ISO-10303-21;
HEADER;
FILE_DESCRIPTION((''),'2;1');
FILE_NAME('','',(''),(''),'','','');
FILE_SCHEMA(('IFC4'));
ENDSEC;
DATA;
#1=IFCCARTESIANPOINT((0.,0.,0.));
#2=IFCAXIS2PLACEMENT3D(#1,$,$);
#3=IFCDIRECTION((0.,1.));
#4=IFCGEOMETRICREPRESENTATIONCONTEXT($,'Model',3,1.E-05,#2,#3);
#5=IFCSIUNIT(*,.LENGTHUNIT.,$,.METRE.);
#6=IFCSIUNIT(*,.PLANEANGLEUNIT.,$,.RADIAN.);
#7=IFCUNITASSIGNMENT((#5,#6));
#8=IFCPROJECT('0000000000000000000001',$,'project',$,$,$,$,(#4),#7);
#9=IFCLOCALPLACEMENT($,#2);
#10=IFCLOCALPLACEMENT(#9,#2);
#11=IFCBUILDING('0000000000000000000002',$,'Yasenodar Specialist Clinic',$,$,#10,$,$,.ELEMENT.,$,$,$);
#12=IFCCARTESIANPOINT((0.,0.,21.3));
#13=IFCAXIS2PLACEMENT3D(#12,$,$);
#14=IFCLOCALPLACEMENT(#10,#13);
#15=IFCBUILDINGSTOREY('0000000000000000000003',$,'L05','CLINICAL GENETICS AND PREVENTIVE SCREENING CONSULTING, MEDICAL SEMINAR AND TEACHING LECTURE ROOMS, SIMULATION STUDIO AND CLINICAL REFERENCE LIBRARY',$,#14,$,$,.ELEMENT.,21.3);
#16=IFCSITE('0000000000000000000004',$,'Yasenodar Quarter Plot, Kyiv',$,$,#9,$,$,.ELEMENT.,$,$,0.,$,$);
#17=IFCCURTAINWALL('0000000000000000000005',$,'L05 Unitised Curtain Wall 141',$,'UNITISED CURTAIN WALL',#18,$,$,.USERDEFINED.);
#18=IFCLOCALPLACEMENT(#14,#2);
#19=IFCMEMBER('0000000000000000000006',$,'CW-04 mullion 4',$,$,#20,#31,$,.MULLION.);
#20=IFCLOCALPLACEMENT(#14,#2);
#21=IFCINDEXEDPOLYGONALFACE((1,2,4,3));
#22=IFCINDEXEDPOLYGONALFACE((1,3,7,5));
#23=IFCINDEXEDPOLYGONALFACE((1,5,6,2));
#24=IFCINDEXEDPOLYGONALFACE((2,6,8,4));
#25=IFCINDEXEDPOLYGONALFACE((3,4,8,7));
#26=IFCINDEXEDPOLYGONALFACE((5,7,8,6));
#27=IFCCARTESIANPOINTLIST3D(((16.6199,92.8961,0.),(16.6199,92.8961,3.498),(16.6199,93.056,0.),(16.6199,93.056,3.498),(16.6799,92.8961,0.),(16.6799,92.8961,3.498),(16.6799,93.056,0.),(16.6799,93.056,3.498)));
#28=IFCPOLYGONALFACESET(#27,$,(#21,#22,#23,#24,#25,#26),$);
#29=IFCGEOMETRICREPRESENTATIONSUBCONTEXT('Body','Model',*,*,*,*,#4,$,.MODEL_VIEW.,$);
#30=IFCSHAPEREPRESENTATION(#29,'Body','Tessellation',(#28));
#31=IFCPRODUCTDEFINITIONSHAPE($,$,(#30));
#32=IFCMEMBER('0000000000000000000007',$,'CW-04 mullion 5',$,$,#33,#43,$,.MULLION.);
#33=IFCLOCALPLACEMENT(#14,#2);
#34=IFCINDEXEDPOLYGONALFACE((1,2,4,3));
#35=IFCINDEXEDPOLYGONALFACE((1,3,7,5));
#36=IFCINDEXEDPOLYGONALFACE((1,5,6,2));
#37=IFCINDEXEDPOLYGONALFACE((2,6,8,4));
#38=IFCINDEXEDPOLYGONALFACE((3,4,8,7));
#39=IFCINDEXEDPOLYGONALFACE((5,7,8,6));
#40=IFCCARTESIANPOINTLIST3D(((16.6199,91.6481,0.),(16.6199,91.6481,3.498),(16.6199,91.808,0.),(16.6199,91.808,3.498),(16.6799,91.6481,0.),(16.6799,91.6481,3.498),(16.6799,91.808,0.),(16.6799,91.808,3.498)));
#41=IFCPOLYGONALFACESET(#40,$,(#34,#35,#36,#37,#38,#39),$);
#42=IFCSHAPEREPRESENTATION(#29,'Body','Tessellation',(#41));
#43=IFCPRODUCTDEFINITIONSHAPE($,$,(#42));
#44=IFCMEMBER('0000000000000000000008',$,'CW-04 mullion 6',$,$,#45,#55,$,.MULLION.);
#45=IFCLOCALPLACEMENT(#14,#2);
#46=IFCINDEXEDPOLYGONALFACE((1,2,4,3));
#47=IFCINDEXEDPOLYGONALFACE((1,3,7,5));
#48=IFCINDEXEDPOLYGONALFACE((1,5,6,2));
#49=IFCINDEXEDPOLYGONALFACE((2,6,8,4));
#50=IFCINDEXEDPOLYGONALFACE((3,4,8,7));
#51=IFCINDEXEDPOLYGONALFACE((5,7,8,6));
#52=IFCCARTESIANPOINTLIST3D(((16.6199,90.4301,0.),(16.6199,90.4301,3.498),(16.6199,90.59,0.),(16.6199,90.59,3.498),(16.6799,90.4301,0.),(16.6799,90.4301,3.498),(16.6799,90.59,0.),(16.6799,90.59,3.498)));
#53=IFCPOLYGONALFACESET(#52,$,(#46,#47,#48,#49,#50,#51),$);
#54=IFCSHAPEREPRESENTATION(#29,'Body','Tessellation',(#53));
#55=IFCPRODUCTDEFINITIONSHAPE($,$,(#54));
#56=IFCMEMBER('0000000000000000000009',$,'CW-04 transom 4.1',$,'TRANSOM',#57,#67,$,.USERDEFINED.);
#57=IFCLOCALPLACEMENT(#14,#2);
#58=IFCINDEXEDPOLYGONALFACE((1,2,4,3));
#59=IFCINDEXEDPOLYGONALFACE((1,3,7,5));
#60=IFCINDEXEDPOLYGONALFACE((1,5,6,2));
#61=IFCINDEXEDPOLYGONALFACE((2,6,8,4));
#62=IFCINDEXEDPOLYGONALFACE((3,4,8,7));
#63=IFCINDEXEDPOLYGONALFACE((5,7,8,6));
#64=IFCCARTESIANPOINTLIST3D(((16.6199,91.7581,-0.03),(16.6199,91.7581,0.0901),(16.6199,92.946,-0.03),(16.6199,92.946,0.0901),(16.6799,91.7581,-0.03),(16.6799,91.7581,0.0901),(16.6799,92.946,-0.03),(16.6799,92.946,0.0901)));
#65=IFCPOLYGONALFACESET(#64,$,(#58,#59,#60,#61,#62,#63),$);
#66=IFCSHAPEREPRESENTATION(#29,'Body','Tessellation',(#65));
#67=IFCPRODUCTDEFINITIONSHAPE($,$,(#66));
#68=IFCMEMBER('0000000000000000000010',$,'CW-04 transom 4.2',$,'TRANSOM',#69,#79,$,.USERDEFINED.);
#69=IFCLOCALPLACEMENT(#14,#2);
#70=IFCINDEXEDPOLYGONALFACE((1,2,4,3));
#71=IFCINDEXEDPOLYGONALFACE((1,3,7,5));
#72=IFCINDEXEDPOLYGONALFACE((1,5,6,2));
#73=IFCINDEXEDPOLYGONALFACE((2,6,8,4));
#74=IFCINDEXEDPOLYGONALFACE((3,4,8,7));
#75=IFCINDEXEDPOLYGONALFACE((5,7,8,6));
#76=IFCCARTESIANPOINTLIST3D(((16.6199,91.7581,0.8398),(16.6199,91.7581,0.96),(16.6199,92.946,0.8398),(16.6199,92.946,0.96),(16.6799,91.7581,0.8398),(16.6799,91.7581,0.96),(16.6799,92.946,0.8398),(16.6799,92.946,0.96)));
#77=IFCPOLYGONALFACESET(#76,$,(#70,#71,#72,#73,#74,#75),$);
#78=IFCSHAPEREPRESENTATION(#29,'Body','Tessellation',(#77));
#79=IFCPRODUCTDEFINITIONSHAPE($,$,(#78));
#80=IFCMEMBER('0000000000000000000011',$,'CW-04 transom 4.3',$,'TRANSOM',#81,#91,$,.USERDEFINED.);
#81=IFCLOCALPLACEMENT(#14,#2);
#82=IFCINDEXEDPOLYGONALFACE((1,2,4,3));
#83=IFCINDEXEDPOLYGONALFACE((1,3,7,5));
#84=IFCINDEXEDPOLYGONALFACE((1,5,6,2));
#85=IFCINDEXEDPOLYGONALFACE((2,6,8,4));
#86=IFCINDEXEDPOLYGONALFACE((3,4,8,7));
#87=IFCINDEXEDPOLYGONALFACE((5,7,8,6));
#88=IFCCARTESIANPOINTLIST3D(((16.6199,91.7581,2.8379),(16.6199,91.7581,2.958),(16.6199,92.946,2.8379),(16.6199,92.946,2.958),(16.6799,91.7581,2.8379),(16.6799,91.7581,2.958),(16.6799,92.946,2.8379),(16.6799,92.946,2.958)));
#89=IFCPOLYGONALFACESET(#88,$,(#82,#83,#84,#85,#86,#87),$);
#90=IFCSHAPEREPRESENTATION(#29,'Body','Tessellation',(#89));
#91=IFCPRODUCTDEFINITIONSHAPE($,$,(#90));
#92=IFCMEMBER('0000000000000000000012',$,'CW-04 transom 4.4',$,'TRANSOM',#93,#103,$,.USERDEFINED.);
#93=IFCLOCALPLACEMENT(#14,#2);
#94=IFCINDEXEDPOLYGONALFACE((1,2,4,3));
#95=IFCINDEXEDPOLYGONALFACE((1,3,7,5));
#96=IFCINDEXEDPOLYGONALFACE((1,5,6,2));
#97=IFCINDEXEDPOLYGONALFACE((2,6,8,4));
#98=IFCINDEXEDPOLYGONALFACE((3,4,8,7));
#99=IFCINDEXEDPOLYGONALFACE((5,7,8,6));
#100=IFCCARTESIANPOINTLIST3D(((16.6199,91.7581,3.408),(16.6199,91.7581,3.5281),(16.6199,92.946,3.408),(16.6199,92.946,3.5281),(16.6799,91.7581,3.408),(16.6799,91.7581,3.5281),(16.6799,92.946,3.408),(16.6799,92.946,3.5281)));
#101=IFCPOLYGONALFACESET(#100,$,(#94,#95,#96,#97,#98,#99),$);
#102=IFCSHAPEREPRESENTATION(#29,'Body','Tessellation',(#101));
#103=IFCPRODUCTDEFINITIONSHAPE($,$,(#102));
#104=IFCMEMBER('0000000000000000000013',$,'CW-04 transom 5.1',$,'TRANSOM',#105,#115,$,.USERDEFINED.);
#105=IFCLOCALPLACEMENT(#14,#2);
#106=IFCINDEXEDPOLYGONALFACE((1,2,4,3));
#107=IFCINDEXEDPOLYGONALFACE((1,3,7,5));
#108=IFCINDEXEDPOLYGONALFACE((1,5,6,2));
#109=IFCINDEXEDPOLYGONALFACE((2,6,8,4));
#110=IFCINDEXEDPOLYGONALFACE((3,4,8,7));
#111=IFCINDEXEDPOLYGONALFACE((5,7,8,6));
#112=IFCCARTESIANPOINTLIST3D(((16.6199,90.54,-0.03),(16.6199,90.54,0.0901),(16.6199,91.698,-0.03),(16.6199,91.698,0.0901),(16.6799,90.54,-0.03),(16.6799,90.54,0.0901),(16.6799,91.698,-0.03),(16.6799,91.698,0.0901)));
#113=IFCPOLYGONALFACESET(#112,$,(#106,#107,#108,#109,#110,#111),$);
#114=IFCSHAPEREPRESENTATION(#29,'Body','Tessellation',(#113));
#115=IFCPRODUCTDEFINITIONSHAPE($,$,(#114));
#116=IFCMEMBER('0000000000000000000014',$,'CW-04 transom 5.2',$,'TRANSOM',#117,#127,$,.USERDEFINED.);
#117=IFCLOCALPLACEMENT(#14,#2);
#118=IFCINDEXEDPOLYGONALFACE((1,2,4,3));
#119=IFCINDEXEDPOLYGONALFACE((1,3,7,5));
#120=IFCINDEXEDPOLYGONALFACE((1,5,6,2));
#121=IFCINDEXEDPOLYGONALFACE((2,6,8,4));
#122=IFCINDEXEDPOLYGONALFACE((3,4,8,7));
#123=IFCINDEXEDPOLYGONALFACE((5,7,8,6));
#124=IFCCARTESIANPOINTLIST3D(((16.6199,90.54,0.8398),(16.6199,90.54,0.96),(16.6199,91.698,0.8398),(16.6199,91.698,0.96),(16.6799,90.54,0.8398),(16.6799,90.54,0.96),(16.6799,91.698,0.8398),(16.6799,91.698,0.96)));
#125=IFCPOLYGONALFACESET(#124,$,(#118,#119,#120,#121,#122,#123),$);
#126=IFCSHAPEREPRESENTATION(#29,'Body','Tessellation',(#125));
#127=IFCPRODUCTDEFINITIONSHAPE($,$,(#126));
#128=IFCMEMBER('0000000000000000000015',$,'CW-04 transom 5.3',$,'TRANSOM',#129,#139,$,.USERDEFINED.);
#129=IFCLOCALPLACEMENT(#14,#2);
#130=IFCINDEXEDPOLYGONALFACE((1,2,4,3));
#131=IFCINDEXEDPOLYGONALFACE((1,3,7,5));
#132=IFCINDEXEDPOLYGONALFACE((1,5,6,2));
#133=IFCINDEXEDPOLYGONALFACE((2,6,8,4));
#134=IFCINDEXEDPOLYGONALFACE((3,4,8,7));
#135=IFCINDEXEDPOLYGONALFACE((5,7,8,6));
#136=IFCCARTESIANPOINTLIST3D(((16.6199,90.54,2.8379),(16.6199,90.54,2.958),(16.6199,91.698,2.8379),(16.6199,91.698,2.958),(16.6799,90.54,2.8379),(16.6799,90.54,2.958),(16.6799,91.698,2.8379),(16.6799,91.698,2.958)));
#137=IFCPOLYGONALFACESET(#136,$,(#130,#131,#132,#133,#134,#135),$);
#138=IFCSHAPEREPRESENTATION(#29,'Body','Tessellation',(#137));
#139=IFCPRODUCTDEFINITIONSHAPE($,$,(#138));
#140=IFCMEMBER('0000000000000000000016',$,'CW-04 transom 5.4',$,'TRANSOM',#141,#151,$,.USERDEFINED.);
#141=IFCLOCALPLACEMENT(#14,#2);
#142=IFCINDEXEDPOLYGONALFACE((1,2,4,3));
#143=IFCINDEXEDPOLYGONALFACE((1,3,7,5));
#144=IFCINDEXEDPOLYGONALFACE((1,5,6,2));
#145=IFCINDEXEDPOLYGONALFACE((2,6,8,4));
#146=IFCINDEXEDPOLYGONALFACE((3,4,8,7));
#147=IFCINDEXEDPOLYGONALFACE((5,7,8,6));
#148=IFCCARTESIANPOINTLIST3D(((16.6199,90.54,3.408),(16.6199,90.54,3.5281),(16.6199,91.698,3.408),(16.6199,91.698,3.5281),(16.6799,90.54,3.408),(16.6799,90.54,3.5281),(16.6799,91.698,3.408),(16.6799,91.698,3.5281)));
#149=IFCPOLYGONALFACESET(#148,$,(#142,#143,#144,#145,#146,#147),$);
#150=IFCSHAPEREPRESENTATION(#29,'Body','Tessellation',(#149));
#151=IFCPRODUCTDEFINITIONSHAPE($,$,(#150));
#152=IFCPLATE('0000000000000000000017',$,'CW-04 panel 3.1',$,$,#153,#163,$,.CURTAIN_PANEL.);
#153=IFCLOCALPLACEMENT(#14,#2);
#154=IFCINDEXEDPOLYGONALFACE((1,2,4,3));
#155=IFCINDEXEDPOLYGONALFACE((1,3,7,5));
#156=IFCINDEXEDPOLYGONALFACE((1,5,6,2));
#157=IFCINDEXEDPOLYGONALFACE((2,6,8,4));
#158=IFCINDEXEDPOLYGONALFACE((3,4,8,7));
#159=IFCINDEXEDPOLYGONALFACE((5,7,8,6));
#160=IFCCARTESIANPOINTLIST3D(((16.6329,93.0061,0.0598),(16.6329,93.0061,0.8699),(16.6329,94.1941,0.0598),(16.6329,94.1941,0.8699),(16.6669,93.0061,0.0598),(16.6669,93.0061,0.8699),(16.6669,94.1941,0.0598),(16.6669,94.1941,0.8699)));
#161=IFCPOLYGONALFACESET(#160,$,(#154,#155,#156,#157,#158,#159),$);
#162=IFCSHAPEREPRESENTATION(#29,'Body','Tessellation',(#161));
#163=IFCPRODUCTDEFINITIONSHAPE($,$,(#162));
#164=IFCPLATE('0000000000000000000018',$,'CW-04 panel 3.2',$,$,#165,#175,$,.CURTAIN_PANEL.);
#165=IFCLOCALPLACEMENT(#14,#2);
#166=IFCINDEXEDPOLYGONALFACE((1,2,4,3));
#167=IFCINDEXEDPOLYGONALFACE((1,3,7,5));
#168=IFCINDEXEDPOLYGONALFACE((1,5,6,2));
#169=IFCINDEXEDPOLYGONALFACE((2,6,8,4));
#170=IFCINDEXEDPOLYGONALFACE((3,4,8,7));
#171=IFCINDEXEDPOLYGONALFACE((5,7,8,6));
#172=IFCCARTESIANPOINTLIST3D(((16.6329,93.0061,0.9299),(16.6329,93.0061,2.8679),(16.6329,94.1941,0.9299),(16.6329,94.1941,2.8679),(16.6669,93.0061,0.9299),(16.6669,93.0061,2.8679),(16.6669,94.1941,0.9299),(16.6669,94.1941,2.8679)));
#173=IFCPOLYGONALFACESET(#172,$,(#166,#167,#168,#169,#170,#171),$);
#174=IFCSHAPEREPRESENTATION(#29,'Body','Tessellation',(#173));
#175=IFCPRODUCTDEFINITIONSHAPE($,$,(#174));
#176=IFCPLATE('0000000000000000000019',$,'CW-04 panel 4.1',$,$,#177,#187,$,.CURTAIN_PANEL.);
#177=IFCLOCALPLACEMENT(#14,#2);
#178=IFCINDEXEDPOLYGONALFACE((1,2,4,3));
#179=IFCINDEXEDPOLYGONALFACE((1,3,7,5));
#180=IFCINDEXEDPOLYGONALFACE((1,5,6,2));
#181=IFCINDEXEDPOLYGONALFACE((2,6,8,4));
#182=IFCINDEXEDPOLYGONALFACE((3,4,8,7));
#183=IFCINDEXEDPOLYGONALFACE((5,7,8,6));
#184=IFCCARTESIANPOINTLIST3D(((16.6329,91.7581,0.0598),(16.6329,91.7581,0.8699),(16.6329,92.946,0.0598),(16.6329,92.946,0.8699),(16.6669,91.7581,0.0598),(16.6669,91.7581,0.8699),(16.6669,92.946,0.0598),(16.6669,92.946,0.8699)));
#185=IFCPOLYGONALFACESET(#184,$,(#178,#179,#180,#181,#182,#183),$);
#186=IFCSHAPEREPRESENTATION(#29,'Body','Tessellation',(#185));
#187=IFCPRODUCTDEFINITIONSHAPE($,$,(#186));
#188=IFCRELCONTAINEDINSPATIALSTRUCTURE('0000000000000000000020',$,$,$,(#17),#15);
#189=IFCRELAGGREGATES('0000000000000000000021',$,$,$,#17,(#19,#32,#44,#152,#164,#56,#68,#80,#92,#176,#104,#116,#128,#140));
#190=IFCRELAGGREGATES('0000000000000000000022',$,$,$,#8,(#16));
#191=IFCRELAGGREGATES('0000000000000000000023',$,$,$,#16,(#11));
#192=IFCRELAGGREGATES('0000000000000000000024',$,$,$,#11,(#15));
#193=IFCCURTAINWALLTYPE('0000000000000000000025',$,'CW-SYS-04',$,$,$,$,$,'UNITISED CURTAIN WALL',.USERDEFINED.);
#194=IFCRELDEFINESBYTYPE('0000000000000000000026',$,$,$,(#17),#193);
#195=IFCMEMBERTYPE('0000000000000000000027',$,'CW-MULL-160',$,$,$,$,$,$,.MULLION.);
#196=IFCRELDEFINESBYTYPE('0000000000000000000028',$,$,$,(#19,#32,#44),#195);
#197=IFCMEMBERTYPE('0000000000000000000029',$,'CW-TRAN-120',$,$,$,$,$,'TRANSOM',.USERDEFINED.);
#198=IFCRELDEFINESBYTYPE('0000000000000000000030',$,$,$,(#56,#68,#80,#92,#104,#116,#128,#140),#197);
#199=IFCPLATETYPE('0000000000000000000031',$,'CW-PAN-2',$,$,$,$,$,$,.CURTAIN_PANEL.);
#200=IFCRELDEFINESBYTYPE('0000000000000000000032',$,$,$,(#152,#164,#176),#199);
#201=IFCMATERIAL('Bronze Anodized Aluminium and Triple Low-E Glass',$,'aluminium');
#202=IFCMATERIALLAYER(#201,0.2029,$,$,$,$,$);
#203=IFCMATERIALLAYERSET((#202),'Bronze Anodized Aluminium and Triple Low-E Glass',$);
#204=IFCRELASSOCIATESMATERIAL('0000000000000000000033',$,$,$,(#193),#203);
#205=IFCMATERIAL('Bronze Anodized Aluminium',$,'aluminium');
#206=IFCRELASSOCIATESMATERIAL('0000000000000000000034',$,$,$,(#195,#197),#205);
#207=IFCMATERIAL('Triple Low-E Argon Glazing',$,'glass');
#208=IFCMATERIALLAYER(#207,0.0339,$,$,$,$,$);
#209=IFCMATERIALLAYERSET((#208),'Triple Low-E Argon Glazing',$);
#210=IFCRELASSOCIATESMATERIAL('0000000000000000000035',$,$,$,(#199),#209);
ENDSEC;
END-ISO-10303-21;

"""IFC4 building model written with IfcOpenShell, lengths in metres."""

from ifc_helpers import new_model, si_unit, direction, frame, origin, origin_2d, place, context, subcontext, project, spatial, rectangle, extrude, material, layer, layer_set, material_profile, profile_set, type_object, element, aggregate, save


model = new_model("IFC4")

# Units and contexts
model_context = context("Model", 3, precision=1e-05, world=origin(), true_north=direction((0.0, 1.0)))
body_context = subcontext(model_context, "Body", "Model", "MODEL_VIEW")
ifc_project = project(units=[si_unit("LENGTHUNIT", "METRE"), si_unit("PLANEANGLEUNIT", "RADIAN")], contexts=[model_context])

# Site, building, storey
site_placement = place(None, origin())
site = spatial("IfcSite", under=ifc_project, at=site_placement, Name="Yasenodar Quarter Plot, Kyiv", CompositionType="ELEMENT", RefElevation=0.0)
building_placement = place(site_placement, origin())
building = spatial("IfcBuilding", under=site, at=building_placement, Name="Yasenodar Specialist Clinic", CompositionType="ELEMENT")
storey_placement = place(building_placement, frame((0.0, 0.0, 21.3)))
storey = spatial("IfcBuildingStorey", under=building, at=storey_placement, Name="L05", Description="CLINICAL GENETICS AND PREVENTIVE SCREENING CONSULTING, MEDICAL SEMINAR AND TEACHING LECTURE ROOMS, SIMULATION STUDIO AND CLINICAL REFERENCE LIBRARY", CompositionType="ELEMENT", Elevation=21.3)

# Curtain wall, members, plates
ifc_material_1 = material(Name="Bronze Anodized Aluminium and Triple Low-E Glass", Category="aluminium")
ifc_layer_1 = layer(ifc_material_1, 0.2029)
ifc_layer_set_1 = layer_set([ifc_layer_1], Name="Bronze Anodized Aluminium and Triple Low-E Glass")
curtain_wall_type = type_object("IfcCurtainWallType", Name="CW-SYS-04", ElementType="UNITISED CURTAIN WALL", PredefinedType="USERDEFINED", material=ifc_layer_set_1)
curtain_wall_placement = place(storey_placement, origin())
curtain_wall = element("IfcCurtainWall", 1, at=curtain_wall_placement, inside=storey, type_object=curtain_wall_type, Name="L05 Unitised Curtain Wall 141", ObjectType="UNITISED CURTAIN WALL", PredefinedType="USERDEFINED")
ifc_material_2 = material(Name="Bronze Anodized Aluminium", Category="aluminium")
ifc_material_profile_1 = material_profile(ifc_material_2, rectangle(XDim=0.0601, YDim=0.1599, at=origin_2d()), Name="CW-MULL 60x160")
ifc_profile_set_1 = profile_set([ifc_material_profile_1], Name="Bronze Anodized Aluminium")
member_type_1 = type_object("IfcMemberType", Name="CW-MULL-160", PredefinedType="MULLION", material=ifc_profile_set_1)
member_1_placement = place(storey_placement, frame((16.6499, 92.9761, 0.0), z_axis=(0.0, 0.0, 1.0), x_axis=(1.0, 0.0, 0.0)))
member_1 = element("IfcMember", 2, at=member_1_placement, type_object=member_type_1, Name="CW-04 mullion 4", PredefinedType="MULLION", context=body_context, shape_type="SweptSolid", body=[
    extrude(rectangle(XDim=0.0601, YDim=0.1599, at=origin_2d()), origin(), (0.0, 0.0, 1.0), 3.498),
])
member_2_placement = place(storey_placement, frame((16.6499, 91.728, 0.0), z_axis=(0.0, 0.0, 1.0), x_axis=(1.0, 0.0, 0.0)))
member_2 = element("IfcMember", 3, at=member_2_placement, type_object=member_type_1, Name="CW-04 mullion 5", PredefinedType="MULLION", context=body_context, shape_type="SweptSolid", body=[
    extrude(rectangle(XDim=0.0601, YDim=0.1599, at=origin_2d()), origin(), (0.0, 0.0, 1.0), 3.498),
])
member_3_placement = place(storey_placement, frame((16.6499, 90.51, 0.0), z_axis=(0.0, 0.0, 1.0), x_axis=(1.0, 0.0, 0.0)))
member_3 = element("IfcMember", 4, at=member_3_placement, type_object=member_type_1, Name="CW-04 mullion 6", PredefinedType="MULLION", context=body_context, shape_type="SweptSolid", body=[
    extrude(rectangle(XDim=0.0601, YDim=0.1599, at=origin_2d()), origin(), (0.0, 0.0, 1.0), 3.498),
])
ifc_material_profile_2 = material_profile(ifc_material_2, rectangle(XDim=0.0601, YDim=0.1201, at=origin_2d()), Name="CW-TRAN 60x120")
ifc_profile_set_2 = profile_set([ifc_material_profile_2], Name="Bronze Anodized Aluminium")
member_type_2 = type_object("IfcMemberType", Name="CW-TRAN-120", ElementType="TRANSOM", PredefinedType="USERDEFINED", material=ifc_profile_set_2)
member_4_placement = place(storey_placement, frame((16.6499, 92.946, 0.03), z_axis=(0.0, -1.0, 0.0), x_axis=(1.0, 0.0, 0.0)))
member_4 = element("IfcMember", 5, at=member_4_placement, type_object=member_type_2, Name="CW-04 transom 4.1", ObjectType="TRANSOM", PredefinedType="USERDEFINED", context=body_context, shape_type="SweptSolid", body=[
    extrude(rectangle(XDim=0.0601, YDim=0.1201, at=origin_2d()), origin(), (0.0, 0.0, 1.0), 1.188),
])
member_5_placement = place(storey_placement, frame((16.6499, 92.946, 0.8999), z_axis=(0.0, -1.0, 0.0), x_axis=(1.0, 0.0, 0.0)))
member_5 = element("IfcMember", 6, at=member_5_placement, type_object=member_type_2, Name="CW-04 transom 4.2", ObjectType="TRANSOM", PredefinedType="USERDEFINED", context=body_context, shape_type="SweptSolid", body=[
    extrude(rectangle(XDim=0.0601, YDim=0.1201, at=origin_2d()), origin(), (0.0, 0.0, 1.0), 1.188),
])
member_6_placement = place(storey_placement, frame((16.6499, 92.946, 2.8979), z_axis=(0.0, -1.0, 0.0), x_axis=(1.0, 0.0, 0.0)))
member_6 = element("IfcMember", 7, at=member_6_placement, type_object=member_type_2, Name="CW-04 transom 4.3", ObjectType="TRANSOM", PredefinedType="USERDEFINED", context=body_context, shape_type="SweptSolid", body=[
    extrude(rectangle(XDim=0.0601, YDim=0.1201, at=origin_2d()), origin(), (0.0, 0.0, 1.0), 1.188),
])
member_7_placement = place(storey_placement, frame((16.6499, 92.946, 3.468), z_axis=(0.0, -1.0, 0.0), x_axis=(1.0, 0.0, 0.0)))
member_7 = element("IfcMember", 8, at=member_7_placement, type_object=member_type_2, Name="CW-04 transom 4.4", ObjectType="TRANSOM", PredefinedType="USERDEFINED", context=body_context, shape_type="SweptSolid", body=[
    extrude(rectangle(XDim=0.0601, YDim=0.1201, at=origin_2d()), origin(), (0.0, 0.0, 1.0), 1.188),
])
member_8_placement = place(storey_placement, frame((16.6499, 91.698, 0.03), z_axis=(0.0, -1.0, 0.0), x_axis=(1.0, 0.0, 0.0)))
member_8 = element("IfcMember", 9, at=member_8_placement, type_object=member_type_2, Name="CW-04 transom 5.1", ObjectType="TRANSOM", PredefinedType="USERDEFINED", context=body_context, shape_type="SweptSolid", body=[
    extrude(rectangle(XDim=0.0601, YDim=0.1201, at=origin_2d()), origin(), (0.0, 0.0, 1.0), 1.158),
])
member_9_placement = place(storey_placement, frame((16.6499, 91.698, 0.8999), z_axis=(0.0, -1.0, 0.0), x_axis=(1.0, 0.0, 0.0)))
member_9 = element("IfcMember", 10, at=member_9_placement, type_object=member_type_2, Name="CW-04 transom 5.2", ObjectType="TRANSOM", PredefinedType="USERDEFINED", context=body_context, shape_type="SweptSolid", body=[
    extrude(rectangle(XDim=0.0601, YDim=0.1201, at=origin_2d()), origin(), (0.0, 0.0, 1.0), 1.158),
])
member_10_placement = place(storey_placement, frame((16.6499, 91.698, 2.8979), z_axis=(0.0, -1.0, 0.0), x_axis=(1.0, 0.0, 0.0)))
member_10 = element("IfcMember", 11, at=member_10_placement, type_object=member_type_2, Name="CW-04 transom 5.3", ObjectType="TRANSOM", PredefinedType="USERDEFINED", context=body_context, shape_type="SweptSolid", body=[
    extrude(rectangle(XDim=0.0601, YDim=0.1201, at=origin_2d()), origin(), (0.0, 0.0, 1.0), 1.158),
])
member_11_placement = place(storey_placement, frame((16.6499, 91.698, 3.468), z_axis=(0.0, -1.0, 0.0), x_axis=(1.0, 0.0, 0.0)))
member_11 = element("IfcMember", 12, at=member_11_placement, type_object=member_type_2, Name="CW-04 transom 5.4", ObjectType="TRANSOM", PredefinedType="USERDEFINED", context=body_context, shape_type="SweptSolid", body=[
    extrude(rectangle(XDim=0.0601, YDim=0.1201, at=origin_2d()), origin(), (0.0, 0.0, 1.0), 1.158),
])
ifc_material_3 = material(Name="Triple Low-E Argon Glazing", Category="glass")
ifc_layer_2 = layer(ifc_material_3, 0.0339)
ifc_layer_set_2 = layer_set([ifc_layer_2], Name="Triple Low-E Argon Glazing")
plate_type_1 = type_object("IfcPlateType", Name="CW-PAN-2", PredefinedType="CURTAIN_PANEL", material=ifc_layer_set_2)
plate_1_placement = place(storey_placement, frame((16.6499, 93.6001, 0.0598), z_axis=(0.0, 0.0, 1.0), x_axis=(0.0, -1.0, 0.0)))
plate_1 = element("IfcPlate", 13, at=plate_1_placement, type_object=plate_type_1, Name="CW-04 panel 3.1", PredefinedType="CURTAIN_PANEL", context=body_context, shape_type="SweptSolid", body=[
    extrude(rectangle(XDim=1.188, YDim=0.0339, at=origin_2d()), origin(), (0.0, 0.0, 1.0), 0.8101),
])
plate_2_placement = place(storey_placement, frame((16.6499, 93.6001, 0.9299), z_axis=(0.0, 0.0, 1.0), x_axis=(0.0, -1.0, 0.0)))
plate_2 = element("IfcPlate", 14, at=plate_2_placement, type_object=plate_type_1, Name="CW-04 panel 3.2", PredefinedType="CURTAIN_PANEL", context=body_context, shape_type="SweptSolid", body=[
    extrude(rectangle(XDim=1.188, YDim=0.0339, at=origin_2d()), origin(), (0.0, 0.0, 1.0), 1.938),
])
plate_3_placement = place(storey_placement, frame((16.6499, 92.3521, 0.0598), z_axis=(0.0, 0.0, 1.0), x_axis=(0.0, -1.0, 0.0)))
plate_3 = element("IfcPlate", 15, at=plate_3_placement, type_object=plate_type_1, Name="CW-04 panel 4.1", PredefinedType="CURTAIN_PANEL", context=body_context, shape_type="SweptSolid", body=[
    extrude(rectangle(XDim=1.188, YDim=0.0339, at=origin_2d()), origin(), (0.0, 0.0, 1.0), 0.8101),
])
aggregate(curtain_wall, [member_1, member_2, member_3, plate_1, plate_2, member_4, member_5, member_6, member_7, plate_3, member_8, member_9, member_10, member_11])

save(model, "model.ifc")
